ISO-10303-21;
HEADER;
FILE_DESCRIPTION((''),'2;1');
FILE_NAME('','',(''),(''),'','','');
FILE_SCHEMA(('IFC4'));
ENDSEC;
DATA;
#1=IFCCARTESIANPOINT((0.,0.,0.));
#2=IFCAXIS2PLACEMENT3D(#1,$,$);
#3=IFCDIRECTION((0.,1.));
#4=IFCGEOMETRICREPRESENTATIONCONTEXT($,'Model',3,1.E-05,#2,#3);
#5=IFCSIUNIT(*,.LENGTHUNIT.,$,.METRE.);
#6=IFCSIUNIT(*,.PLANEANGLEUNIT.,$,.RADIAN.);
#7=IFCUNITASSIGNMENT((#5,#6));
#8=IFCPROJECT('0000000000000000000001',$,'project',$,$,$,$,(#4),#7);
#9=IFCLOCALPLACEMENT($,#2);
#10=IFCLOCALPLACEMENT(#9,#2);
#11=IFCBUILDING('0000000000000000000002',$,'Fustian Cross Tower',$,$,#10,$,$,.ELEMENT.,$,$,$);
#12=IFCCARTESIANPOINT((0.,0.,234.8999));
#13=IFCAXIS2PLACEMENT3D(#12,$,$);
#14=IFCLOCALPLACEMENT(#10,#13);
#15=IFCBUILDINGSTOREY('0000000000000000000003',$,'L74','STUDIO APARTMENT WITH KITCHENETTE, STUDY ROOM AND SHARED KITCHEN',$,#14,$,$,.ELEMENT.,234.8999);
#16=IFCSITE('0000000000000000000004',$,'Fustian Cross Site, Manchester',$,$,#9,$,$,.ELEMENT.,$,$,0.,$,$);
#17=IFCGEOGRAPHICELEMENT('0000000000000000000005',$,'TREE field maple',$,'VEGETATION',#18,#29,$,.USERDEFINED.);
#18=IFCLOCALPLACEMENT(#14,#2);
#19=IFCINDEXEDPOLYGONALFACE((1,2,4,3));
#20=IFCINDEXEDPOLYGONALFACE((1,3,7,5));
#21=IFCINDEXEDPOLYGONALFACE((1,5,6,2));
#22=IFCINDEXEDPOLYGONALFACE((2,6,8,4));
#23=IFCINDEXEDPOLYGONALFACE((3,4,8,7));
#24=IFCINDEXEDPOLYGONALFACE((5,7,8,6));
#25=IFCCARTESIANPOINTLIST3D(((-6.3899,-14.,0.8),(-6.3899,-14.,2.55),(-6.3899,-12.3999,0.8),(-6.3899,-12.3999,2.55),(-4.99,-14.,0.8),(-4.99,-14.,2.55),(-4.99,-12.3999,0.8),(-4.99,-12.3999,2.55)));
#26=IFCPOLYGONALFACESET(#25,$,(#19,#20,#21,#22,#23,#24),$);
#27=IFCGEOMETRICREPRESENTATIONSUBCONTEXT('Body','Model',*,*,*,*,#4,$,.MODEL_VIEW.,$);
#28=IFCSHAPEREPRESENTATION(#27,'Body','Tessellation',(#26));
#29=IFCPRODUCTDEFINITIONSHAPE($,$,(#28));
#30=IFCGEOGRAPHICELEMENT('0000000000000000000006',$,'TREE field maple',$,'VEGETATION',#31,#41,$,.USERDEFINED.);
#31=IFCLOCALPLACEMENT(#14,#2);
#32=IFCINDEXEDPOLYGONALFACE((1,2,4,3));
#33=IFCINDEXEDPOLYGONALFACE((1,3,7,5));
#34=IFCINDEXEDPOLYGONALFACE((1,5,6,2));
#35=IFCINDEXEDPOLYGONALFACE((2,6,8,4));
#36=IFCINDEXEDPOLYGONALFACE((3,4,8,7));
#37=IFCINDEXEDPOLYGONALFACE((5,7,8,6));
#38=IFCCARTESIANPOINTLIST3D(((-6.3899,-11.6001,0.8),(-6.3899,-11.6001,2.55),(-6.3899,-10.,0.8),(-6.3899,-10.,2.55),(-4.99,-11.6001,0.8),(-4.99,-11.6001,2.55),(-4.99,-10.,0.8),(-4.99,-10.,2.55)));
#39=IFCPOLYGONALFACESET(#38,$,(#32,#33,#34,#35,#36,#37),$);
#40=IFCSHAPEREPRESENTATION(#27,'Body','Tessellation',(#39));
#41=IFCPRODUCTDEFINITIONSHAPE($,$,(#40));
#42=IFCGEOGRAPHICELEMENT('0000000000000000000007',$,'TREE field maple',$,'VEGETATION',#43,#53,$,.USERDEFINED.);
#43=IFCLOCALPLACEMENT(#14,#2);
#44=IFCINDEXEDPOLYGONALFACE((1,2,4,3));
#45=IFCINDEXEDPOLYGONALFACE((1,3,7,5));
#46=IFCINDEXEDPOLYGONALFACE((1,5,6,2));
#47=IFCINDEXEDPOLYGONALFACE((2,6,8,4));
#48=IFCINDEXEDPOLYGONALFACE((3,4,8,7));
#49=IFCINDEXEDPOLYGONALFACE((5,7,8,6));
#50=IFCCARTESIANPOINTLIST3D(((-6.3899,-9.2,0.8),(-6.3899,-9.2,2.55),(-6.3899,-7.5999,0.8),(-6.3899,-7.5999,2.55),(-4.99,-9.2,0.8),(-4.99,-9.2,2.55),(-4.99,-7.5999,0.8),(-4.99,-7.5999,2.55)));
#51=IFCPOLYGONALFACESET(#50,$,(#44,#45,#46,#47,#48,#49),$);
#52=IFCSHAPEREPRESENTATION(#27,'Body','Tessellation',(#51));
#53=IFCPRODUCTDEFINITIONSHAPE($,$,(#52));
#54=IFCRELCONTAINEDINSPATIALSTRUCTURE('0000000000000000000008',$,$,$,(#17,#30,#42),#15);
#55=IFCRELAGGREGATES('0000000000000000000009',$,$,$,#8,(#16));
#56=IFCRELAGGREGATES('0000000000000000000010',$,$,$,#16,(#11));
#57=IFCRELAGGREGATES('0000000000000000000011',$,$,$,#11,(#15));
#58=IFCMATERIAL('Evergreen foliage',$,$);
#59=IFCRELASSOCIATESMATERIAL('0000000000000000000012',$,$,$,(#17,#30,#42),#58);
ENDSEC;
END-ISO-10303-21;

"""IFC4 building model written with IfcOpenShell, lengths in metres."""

from ifc_helpers import new_model, si_unit, direction, frame, origin, origin_2d, place, context, subcontext, project, spatial, rectangle, extrude, material, element, save


model = new_model("IFC4")

# Units and contexts
model_context = context("Model", 3, precision=1e-05, world=origin(), true_north=direction((0.0, 1.0)))
body_context = subcontext(model_context, "Body", "Model", "MODEL_VIEW")
ifc_project = project(units=[si_unit("LENGTHUNIT", "METRE"), si_unit("PLANEANGLEUNIT", "RADIAN")], contexts=[model_context])

# Site, building, storey
site_placement = place(None, origin())
site = spatial("IfcSite", under=ifc_project, at=site_placement, Name="Fustian Cross Site, Manchester", CompositionType="ELEMENT", RefElevation=0.0)
building_placement = place(site_placement, origin())
building = spatial("IfcBuilding", under=site, at=building_placement, Name="Fustian Cross Tower", CompositionType="ELEMENT")
storey_placement = place(building_placement, frame((0.0, 0.0, 234.8999)))
storey = spatial("IfcBuildingStorey", under=building, at=storey_placement, Name="L74", Description="STUDIO APARTMENT WITH KITCHENETTE, STUDY ROOM AND SHARED KITCHEN", CompositionType="ELEMENT", Elevation=234.8999)

# Geographic elements
ifc_material_1 = material(Name="Evergreen foliage")
for number, where, z_axis, x_axis, name in (
    (1, (-5.6899, -13.2, 0.8), (0.0, 0.0, 1.0), (1.0, 0.0, 0.0), "TREE field maple"),
    (2, (-5.6899, -10.8, 0.8), (0.0, 0.0, 1.0), (1.0, 0.0, 0.0), "TREE field maple"),
    (3, (-5.6899, -8.3999, 0.8), (0.0, 0.0, 1.0), (1.0, 0.0, 0.0), "TREE field maple"),
):
    element("IfcGeographicElement", number, at=place(storey_placement, frame(where, z_axis=z_axis, x_axis=x_axis)), inside=storey, material=ifc_material_1, Name=name, ObjectType="VEGETATION", PredefinedType="USERDEFINED", context=body_context, shape_type="SweptSolid", body=[
        extrude(rectangle(XDim=1.3999, YDim=1.6001, at=origin_2d()), origin(), (0.0, 0.0, 1.0), 1.75),
    ])

save(model, "model.ifc")
